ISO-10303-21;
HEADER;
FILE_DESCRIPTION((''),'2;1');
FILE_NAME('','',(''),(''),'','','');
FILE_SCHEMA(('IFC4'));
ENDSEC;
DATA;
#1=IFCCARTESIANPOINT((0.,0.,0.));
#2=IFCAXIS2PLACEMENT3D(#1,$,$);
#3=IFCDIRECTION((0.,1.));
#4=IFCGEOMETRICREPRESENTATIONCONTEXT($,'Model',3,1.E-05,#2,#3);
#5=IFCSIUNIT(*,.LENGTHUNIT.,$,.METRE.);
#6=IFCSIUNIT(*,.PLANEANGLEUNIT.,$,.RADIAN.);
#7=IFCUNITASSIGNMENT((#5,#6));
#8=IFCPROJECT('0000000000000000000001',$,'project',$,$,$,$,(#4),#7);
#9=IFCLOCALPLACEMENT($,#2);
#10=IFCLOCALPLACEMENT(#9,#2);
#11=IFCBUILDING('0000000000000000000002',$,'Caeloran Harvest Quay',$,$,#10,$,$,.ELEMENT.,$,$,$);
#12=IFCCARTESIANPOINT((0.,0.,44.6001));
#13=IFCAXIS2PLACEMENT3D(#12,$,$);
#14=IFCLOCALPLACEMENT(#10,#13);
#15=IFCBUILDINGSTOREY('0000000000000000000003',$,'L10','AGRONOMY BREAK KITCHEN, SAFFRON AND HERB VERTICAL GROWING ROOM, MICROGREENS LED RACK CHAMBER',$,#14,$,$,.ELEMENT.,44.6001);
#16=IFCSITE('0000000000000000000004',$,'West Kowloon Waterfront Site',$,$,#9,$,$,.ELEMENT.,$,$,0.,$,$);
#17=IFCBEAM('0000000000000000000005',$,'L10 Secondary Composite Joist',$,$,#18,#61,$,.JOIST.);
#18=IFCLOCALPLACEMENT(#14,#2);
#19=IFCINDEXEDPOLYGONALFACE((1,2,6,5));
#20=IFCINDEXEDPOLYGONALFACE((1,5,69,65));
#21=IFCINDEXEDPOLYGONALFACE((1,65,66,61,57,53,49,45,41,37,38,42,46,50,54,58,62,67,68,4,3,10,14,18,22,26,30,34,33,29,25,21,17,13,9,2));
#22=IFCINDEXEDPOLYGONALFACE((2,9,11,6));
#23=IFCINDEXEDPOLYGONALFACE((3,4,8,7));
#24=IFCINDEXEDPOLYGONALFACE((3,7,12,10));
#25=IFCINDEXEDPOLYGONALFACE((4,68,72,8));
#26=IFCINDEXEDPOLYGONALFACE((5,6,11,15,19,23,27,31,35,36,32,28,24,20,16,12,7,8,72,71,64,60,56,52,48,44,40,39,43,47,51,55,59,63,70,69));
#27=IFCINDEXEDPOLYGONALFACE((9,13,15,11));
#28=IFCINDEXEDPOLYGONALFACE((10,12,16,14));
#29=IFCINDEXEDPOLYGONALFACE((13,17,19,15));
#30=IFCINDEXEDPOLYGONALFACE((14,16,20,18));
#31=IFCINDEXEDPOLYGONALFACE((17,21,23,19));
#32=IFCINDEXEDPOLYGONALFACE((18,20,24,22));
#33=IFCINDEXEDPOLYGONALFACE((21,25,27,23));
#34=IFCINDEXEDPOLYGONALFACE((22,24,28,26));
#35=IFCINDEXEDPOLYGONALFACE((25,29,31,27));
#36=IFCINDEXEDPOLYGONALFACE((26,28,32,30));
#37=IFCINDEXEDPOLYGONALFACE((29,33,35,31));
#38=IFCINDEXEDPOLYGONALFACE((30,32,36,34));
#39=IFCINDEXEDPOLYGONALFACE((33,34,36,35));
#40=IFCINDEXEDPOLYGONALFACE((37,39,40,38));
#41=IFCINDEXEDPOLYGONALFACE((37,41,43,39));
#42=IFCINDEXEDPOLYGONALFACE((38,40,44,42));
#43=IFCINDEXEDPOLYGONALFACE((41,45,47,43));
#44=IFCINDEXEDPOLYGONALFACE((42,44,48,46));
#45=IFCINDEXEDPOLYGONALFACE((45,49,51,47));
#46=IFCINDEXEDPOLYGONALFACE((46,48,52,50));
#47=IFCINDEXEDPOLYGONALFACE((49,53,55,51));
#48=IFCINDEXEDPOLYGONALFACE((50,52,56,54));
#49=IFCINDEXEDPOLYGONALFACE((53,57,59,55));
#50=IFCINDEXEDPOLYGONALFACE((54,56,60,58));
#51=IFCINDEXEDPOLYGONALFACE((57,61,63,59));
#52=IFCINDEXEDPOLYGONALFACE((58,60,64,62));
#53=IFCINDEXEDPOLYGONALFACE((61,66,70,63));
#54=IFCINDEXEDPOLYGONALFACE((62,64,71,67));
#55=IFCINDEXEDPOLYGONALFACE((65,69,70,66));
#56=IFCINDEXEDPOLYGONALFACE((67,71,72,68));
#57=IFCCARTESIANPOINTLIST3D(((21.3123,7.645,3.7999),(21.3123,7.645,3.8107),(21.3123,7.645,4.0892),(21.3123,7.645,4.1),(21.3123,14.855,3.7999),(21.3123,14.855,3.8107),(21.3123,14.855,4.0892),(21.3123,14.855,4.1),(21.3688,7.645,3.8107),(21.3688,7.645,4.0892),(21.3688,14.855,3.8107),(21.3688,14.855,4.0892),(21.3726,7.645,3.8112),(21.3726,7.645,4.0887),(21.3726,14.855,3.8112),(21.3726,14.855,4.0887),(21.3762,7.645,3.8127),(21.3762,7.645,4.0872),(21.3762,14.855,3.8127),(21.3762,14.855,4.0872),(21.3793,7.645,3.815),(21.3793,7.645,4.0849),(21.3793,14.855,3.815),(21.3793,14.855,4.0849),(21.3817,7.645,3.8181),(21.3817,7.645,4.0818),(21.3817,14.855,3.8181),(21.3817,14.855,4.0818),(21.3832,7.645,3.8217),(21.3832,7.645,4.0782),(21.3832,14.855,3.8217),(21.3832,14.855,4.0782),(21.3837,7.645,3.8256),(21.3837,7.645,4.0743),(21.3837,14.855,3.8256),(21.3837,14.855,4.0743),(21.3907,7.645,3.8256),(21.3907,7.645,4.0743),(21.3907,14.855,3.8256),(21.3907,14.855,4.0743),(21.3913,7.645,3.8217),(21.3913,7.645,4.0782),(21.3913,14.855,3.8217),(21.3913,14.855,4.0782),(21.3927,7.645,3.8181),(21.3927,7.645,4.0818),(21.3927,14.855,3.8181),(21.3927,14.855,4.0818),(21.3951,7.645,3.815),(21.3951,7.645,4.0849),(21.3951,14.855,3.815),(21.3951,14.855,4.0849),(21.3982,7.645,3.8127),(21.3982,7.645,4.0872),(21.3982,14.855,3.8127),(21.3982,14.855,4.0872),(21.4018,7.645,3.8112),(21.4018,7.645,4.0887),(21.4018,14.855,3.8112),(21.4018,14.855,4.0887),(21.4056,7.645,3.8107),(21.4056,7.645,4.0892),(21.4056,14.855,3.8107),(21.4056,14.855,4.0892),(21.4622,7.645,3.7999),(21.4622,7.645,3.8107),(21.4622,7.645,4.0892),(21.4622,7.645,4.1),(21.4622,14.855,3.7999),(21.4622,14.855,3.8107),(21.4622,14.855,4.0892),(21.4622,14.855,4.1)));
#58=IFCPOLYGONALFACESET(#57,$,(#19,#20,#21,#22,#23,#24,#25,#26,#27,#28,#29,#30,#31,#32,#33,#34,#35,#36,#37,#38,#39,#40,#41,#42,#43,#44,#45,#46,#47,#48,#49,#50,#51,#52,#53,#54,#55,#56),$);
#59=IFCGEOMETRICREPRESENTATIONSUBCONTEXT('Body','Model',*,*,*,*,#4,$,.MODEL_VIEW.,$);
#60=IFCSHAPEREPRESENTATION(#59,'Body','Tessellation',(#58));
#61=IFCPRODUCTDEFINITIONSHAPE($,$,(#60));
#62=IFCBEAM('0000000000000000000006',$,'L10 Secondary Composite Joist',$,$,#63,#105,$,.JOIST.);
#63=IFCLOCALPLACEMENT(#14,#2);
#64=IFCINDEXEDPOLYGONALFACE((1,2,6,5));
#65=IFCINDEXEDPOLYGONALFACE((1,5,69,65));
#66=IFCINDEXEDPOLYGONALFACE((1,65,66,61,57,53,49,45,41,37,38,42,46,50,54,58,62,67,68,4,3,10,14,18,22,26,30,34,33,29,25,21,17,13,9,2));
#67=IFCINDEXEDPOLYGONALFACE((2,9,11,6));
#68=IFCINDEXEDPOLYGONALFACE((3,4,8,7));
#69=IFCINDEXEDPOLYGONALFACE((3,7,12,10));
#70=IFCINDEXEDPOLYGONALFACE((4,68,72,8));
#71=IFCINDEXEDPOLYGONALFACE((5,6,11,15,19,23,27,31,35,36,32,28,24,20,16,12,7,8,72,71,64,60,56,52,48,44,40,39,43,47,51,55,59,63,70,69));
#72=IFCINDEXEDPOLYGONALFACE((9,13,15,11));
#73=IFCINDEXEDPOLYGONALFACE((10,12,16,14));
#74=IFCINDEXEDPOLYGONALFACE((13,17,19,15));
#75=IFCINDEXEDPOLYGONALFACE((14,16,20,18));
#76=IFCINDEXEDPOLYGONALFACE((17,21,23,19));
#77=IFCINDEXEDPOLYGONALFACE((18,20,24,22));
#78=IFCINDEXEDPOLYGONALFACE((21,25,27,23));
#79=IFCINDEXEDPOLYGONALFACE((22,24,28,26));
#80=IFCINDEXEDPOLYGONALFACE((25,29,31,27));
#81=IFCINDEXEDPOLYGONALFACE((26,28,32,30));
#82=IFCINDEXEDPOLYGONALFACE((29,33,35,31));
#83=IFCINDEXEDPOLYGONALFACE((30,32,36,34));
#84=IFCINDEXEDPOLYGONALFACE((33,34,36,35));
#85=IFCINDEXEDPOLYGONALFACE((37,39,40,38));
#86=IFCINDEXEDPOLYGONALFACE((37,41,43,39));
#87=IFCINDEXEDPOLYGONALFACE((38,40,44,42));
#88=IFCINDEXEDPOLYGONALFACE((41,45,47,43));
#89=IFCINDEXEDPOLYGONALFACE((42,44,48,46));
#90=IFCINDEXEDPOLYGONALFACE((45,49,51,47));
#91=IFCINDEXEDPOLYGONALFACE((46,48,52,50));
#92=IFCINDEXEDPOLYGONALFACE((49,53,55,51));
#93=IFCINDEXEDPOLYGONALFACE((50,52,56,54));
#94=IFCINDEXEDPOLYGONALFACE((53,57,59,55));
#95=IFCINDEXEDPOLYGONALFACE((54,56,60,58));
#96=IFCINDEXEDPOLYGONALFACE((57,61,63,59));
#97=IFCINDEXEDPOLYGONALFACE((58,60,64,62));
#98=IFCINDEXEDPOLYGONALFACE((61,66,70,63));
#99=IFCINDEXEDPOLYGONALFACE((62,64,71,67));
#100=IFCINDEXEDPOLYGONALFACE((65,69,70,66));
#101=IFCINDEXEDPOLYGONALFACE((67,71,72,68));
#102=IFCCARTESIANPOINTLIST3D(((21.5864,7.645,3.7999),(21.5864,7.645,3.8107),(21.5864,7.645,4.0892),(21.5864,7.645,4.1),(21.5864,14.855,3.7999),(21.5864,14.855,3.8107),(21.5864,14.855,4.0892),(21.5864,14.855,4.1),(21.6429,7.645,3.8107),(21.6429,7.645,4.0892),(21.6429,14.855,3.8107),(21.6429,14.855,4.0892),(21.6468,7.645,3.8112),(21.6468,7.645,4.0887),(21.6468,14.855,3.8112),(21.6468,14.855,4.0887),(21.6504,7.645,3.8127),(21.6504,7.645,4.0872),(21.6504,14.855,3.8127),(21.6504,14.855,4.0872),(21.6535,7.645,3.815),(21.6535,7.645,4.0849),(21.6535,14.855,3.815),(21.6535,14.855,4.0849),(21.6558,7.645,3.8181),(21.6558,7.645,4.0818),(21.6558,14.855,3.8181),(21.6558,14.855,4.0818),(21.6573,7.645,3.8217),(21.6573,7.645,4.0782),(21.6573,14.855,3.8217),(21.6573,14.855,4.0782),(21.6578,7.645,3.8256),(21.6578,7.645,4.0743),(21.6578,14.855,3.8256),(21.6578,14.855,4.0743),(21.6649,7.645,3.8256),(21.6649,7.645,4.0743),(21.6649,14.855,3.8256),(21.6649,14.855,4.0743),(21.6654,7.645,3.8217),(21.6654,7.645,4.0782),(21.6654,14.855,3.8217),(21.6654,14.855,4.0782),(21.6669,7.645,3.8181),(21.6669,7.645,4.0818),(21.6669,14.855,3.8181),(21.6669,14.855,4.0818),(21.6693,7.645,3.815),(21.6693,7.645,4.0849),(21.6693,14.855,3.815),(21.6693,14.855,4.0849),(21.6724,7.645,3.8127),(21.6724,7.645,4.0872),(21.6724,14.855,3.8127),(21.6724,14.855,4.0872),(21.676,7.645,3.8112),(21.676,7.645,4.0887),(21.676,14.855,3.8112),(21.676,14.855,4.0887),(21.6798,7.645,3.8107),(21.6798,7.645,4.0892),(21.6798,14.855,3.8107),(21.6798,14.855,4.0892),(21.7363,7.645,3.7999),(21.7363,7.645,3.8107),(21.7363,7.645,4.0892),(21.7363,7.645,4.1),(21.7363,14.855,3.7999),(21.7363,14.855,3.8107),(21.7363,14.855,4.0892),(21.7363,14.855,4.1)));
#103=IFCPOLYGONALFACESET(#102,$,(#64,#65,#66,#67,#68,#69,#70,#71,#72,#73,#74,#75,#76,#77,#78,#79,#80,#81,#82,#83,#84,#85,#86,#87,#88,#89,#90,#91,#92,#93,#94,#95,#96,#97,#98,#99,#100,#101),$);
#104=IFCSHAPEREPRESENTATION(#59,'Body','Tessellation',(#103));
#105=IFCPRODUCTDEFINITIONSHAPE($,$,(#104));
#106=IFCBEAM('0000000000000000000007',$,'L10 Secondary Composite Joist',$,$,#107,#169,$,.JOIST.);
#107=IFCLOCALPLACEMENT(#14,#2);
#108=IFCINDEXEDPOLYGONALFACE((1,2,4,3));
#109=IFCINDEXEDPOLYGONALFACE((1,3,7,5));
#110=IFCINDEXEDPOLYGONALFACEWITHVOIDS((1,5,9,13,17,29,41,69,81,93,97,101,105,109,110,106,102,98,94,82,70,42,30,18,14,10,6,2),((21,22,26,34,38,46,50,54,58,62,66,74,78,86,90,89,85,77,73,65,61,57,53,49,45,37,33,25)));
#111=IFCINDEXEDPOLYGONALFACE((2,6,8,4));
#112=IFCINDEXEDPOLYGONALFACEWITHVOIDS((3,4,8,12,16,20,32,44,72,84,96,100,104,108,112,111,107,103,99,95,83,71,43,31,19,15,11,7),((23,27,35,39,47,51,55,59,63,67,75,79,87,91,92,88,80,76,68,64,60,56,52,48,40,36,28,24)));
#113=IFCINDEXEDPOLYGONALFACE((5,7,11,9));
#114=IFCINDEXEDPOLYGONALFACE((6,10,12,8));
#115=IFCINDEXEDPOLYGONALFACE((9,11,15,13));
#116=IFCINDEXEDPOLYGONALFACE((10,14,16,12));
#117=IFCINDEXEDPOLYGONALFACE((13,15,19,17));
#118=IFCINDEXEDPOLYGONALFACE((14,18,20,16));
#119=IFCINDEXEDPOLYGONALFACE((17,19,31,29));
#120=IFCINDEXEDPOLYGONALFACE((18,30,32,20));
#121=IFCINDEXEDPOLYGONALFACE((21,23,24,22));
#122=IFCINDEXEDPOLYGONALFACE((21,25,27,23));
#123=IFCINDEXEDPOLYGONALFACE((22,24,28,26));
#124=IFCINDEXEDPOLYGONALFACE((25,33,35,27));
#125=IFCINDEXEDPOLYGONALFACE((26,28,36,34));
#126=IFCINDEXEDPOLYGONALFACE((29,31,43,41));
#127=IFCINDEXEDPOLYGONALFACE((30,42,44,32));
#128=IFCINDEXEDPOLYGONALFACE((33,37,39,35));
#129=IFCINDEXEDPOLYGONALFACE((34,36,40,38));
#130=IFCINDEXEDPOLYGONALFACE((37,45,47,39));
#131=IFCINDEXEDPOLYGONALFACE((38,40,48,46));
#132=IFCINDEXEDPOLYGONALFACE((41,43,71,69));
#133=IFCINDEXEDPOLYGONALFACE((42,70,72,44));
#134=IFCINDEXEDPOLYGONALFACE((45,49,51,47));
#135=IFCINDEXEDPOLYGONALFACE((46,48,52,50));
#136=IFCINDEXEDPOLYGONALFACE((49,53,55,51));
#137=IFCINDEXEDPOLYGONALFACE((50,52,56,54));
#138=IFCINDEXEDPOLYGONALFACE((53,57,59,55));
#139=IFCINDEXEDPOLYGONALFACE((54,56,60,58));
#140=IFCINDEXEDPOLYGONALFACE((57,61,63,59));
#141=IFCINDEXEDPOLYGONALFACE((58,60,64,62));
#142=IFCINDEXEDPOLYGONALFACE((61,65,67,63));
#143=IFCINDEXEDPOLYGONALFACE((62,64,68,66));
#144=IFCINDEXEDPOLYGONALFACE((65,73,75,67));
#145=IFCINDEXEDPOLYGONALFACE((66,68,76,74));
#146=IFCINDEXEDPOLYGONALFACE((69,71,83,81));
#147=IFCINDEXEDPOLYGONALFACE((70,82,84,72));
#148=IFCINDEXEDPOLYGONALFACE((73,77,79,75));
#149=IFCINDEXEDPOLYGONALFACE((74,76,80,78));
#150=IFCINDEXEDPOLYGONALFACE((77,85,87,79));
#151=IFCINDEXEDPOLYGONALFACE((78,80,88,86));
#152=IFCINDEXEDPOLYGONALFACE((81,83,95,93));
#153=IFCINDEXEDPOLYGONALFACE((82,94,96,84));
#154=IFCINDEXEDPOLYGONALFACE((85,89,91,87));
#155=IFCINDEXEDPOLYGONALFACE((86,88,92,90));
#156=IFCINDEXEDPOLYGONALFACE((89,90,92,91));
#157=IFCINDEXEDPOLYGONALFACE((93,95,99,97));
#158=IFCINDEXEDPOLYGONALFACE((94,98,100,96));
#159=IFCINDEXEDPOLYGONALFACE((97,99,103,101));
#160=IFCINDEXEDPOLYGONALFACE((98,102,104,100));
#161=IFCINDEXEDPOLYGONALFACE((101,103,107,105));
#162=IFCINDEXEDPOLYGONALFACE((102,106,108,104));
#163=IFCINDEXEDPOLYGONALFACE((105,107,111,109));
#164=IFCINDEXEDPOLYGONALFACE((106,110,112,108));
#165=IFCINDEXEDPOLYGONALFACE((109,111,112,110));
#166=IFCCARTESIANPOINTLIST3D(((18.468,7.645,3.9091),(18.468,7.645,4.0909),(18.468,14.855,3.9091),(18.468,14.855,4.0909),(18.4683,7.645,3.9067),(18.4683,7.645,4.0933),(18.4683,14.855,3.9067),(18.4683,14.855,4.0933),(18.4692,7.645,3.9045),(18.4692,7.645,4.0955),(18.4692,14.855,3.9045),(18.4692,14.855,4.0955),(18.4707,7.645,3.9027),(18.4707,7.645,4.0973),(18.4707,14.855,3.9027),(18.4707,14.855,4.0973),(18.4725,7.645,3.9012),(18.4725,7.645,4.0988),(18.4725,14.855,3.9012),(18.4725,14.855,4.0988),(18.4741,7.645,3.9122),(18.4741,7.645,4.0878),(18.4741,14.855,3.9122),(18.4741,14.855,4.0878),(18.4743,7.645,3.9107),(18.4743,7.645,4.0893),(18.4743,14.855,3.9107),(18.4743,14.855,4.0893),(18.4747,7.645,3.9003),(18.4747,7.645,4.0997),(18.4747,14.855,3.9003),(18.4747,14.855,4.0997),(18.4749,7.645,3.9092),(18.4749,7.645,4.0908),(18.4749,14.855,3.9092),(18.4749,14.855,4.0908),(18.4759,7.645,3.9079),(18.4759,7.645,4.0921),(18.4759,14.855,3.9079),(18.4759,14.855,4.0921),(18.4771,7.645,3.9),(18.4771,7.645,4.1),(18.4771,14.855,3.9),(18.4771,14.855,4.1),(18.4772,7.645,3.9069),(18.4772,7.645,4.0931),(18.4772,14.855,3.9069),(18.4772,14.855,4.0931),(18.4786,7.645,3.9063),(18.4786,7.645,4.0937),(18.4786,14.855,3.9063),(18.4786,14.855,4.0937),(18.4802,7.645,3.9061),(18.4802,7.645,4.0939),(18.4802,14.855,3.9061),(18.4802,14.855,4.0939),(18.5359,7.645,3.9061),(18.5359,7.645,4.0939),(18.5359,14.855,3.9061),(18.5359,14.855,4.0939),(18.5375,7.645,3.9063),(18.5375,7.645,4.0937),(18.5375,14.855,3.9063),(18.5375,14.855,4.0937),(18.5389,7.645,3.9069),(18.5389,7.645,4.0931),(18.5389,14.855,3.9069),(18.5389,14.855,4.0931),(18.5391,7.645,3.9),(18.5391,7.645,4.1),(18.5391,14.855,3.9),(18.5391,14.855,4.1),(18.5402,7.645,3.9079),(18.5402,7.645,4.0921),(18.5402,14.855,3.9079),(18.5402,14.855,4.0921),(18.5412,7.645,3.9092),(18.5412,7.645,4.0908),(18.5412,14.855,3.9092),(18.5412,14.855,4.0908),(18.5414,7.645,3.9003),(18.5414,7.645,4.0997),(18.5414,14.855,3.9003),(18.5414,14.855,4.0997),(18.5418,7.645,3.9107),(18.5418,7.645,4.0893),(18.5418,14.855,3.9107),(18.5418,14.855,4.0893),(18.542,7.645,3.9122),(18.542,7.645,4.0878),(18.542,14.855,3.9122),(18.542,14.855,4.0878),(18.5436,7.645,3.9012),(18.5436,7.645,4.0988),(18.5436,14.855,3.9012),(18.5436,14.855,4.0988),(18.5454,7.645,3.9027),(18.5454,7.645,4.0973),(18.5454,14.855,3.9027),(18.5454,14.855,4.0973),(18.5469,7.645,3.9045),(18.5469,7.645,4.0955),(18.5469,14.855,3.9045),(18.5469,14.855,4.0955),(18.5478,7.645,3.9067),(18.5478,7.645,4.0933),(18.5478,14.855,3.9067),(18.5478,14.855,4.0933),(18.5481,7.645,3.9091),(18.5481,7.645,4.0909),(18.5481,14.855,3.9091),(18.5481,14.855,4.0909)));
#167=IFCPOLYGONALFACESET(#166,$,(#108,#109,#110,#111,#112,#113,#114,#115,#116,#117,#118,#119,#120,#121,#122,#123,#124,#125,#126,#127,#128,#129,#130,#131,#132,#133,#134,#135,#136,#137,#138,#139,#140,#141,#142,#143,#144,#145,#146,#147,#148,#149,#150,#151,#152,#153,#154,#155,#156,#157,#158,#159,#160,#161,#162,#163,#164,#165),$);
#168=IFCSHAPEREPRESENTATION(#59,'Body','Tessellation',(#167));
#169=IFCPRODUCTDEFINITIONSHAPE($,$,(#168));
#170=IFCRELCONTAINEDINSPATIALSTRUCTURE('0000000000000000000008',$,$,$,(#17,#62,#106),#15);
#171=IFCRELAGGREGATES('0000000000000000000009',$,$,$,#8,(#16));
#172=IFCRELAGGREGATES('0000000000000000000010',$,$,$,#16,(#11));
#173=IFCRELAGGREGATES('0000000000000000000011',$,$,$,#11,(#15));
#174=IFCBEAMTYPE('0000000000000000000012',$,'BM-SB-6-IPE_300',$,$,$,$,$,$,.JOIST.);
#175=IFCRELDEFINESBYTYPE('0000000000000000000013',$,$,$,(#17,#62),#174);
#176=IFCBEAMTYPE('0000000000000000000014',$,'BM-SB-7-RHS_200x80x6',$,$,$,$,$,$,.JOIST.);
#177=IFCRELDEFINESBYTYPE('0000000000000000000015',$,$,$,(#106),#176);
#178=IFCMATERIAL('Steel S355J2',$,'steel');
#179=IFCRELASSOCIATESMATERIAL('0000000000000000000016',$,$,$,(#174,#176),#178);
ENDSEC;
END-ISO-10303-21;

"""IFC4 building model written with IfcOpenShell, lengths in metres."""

from ifc_helpers import new_model, si_unit, direction, frame, origin, origin_2d, place, context, subcontext, project, spatial, hollow_rectangle, i_section, extrude, material, material_profile, profile_set, type_object, element, save


model = new_model("IFC4")

# Units and contexts
model_context = context("Model", 3, precision=1e-05, world=origin(), true_north=direction((0.0, 1.0)))
body_context = subcontext(model_context, "Body", "Model", "MODEL_VIEW")
ifc_project = project(units=[si_unit("LENGTHUNIT", "METRE"), si_unit("PLANEANGLEUNIT", "RADIAN")], contexts=[model_context])

# Site, building, storey
site_placement = place(None, origin())
site = spatial("IfcSite", under=ifc_project, at=site_placement, Name="West Kowloon Waterfront Site", CompositionType="ELEMENT", RefElevation=0.0)
building_placement = place(site_placement, origin())
building = spatial("IfcBuilding", under=site, at=building_placement, Name="Caeloran Harvest Quay", CompositionType="ELEMENT")
storey_placement = place(building_placement, frame((0.0, 0.0, 44.6001)))
storey = spatial("IfcBuildingStorey", under=building, at=storey_placement, Name="L10", Description="AGRONOMY BREAK KITCHEN, SAFFRON AND HERB VERTICAL GROWING ROOM, MICROGREENS LED RACK CHAMBER", CompositionType="ELEMENT", Elevation=44.6001)

# Beams
ifc_material_1 = material(Name="Steel S355J2", Category="steel")
ifc_material_profile_1 = material_profile(ifc_material_1, i_section(OverallWidth=0.1499, OverallDepth=0.3, WebThickness=0.0071, FlangeThickness=0.0107, FilletRadius=0.0149, at=origin_2d()), Name="IPE 300")
ifc_profile_set_1 = profile_set([ifc_material_profile_1], Name="Steel S355J2")
beam_type_1 = type_object("IfcBeamType", Name="BM-SB-6-IPE_300", PredefinedType="JOIST", material=ifc_profile_set_1)
for number, where, z_axis, x_axis, name in (
    (1, (21.3872, 7.645, 3.95), (0.0, 1.0, 0.0), (-1.0, 0.0, 0.0), "L10 Secondary Composite Joist"),
    (2, (21.6614, 7.645, 3.95), (0.0, 1.0, 0.0), (-1.0, 0.0, 0.0), "L10 Secondary Composite Joist"),
):
    element("IfcBeam", number, at=place(storey_placement, frame(where, z_axis=z_axis, x_axis=x_axis)), inside=storey, type_object=beam_type_1, Name=name, PredefinedType="JOIST", context=body_context, shape_type="SweptSolid", body=[
        extrude(i_section(OverallWidth=0.1499, OverallDepth=0.3, WebThickness=0.0071, FlangeThickness=0.0107, FilletRadius=0.0149, at=origin_2d()), origin(), (0.0, 0.0, 1.0), 7.21),
    ])
ifc_material_profile_2 = material_profile(ifc_material_1, hollow_rectangle(XDim=0.0801, YDim=0.2, WallThickness=0.0061, InnerFilletRadius=0.0061, OuterFilletRadius=0.009, at=origin_2d()), Name="RHS 200x80x6")
ifc_profile_set_2 = profile_set([ifc_material_profile_2], Name="Steel S355J2")
beam_type_2 = type_object("IfcBeamType", Name="BM-SB-7-RHS_200x80x6", PredefinedType="JOIST", material=ifc_profile_set_2)
for number, where, z_axis, x_axis, name in (
    (3, (18.5081, 7.645, 4.0), (0.0, 1.0, 0.0), (-1.0, 0.0, 0.0), "L10 Secondary Composite Joist"),
):
    element("IfcBeam", number, at=place(storey_placement, frame(where, z_axis=z_axis, x_axis=x_axis)), inside=storey, type_object=beam_type_2, Name=name, PredefinedType="JOIST", context=body_context, shape_type="SweptSolid", body=[
        extrude(hollow_rectangle(XDim=0.0801, YDim=0.2, WallThickness=0.0061, InnerFilletRadius=0.0061, OuterFilletRadius=0.009, at=origin_2d()), origin(), (0.0, 0.0, 1.0), 7.21),
    ])

save(model, "model.ifc")
